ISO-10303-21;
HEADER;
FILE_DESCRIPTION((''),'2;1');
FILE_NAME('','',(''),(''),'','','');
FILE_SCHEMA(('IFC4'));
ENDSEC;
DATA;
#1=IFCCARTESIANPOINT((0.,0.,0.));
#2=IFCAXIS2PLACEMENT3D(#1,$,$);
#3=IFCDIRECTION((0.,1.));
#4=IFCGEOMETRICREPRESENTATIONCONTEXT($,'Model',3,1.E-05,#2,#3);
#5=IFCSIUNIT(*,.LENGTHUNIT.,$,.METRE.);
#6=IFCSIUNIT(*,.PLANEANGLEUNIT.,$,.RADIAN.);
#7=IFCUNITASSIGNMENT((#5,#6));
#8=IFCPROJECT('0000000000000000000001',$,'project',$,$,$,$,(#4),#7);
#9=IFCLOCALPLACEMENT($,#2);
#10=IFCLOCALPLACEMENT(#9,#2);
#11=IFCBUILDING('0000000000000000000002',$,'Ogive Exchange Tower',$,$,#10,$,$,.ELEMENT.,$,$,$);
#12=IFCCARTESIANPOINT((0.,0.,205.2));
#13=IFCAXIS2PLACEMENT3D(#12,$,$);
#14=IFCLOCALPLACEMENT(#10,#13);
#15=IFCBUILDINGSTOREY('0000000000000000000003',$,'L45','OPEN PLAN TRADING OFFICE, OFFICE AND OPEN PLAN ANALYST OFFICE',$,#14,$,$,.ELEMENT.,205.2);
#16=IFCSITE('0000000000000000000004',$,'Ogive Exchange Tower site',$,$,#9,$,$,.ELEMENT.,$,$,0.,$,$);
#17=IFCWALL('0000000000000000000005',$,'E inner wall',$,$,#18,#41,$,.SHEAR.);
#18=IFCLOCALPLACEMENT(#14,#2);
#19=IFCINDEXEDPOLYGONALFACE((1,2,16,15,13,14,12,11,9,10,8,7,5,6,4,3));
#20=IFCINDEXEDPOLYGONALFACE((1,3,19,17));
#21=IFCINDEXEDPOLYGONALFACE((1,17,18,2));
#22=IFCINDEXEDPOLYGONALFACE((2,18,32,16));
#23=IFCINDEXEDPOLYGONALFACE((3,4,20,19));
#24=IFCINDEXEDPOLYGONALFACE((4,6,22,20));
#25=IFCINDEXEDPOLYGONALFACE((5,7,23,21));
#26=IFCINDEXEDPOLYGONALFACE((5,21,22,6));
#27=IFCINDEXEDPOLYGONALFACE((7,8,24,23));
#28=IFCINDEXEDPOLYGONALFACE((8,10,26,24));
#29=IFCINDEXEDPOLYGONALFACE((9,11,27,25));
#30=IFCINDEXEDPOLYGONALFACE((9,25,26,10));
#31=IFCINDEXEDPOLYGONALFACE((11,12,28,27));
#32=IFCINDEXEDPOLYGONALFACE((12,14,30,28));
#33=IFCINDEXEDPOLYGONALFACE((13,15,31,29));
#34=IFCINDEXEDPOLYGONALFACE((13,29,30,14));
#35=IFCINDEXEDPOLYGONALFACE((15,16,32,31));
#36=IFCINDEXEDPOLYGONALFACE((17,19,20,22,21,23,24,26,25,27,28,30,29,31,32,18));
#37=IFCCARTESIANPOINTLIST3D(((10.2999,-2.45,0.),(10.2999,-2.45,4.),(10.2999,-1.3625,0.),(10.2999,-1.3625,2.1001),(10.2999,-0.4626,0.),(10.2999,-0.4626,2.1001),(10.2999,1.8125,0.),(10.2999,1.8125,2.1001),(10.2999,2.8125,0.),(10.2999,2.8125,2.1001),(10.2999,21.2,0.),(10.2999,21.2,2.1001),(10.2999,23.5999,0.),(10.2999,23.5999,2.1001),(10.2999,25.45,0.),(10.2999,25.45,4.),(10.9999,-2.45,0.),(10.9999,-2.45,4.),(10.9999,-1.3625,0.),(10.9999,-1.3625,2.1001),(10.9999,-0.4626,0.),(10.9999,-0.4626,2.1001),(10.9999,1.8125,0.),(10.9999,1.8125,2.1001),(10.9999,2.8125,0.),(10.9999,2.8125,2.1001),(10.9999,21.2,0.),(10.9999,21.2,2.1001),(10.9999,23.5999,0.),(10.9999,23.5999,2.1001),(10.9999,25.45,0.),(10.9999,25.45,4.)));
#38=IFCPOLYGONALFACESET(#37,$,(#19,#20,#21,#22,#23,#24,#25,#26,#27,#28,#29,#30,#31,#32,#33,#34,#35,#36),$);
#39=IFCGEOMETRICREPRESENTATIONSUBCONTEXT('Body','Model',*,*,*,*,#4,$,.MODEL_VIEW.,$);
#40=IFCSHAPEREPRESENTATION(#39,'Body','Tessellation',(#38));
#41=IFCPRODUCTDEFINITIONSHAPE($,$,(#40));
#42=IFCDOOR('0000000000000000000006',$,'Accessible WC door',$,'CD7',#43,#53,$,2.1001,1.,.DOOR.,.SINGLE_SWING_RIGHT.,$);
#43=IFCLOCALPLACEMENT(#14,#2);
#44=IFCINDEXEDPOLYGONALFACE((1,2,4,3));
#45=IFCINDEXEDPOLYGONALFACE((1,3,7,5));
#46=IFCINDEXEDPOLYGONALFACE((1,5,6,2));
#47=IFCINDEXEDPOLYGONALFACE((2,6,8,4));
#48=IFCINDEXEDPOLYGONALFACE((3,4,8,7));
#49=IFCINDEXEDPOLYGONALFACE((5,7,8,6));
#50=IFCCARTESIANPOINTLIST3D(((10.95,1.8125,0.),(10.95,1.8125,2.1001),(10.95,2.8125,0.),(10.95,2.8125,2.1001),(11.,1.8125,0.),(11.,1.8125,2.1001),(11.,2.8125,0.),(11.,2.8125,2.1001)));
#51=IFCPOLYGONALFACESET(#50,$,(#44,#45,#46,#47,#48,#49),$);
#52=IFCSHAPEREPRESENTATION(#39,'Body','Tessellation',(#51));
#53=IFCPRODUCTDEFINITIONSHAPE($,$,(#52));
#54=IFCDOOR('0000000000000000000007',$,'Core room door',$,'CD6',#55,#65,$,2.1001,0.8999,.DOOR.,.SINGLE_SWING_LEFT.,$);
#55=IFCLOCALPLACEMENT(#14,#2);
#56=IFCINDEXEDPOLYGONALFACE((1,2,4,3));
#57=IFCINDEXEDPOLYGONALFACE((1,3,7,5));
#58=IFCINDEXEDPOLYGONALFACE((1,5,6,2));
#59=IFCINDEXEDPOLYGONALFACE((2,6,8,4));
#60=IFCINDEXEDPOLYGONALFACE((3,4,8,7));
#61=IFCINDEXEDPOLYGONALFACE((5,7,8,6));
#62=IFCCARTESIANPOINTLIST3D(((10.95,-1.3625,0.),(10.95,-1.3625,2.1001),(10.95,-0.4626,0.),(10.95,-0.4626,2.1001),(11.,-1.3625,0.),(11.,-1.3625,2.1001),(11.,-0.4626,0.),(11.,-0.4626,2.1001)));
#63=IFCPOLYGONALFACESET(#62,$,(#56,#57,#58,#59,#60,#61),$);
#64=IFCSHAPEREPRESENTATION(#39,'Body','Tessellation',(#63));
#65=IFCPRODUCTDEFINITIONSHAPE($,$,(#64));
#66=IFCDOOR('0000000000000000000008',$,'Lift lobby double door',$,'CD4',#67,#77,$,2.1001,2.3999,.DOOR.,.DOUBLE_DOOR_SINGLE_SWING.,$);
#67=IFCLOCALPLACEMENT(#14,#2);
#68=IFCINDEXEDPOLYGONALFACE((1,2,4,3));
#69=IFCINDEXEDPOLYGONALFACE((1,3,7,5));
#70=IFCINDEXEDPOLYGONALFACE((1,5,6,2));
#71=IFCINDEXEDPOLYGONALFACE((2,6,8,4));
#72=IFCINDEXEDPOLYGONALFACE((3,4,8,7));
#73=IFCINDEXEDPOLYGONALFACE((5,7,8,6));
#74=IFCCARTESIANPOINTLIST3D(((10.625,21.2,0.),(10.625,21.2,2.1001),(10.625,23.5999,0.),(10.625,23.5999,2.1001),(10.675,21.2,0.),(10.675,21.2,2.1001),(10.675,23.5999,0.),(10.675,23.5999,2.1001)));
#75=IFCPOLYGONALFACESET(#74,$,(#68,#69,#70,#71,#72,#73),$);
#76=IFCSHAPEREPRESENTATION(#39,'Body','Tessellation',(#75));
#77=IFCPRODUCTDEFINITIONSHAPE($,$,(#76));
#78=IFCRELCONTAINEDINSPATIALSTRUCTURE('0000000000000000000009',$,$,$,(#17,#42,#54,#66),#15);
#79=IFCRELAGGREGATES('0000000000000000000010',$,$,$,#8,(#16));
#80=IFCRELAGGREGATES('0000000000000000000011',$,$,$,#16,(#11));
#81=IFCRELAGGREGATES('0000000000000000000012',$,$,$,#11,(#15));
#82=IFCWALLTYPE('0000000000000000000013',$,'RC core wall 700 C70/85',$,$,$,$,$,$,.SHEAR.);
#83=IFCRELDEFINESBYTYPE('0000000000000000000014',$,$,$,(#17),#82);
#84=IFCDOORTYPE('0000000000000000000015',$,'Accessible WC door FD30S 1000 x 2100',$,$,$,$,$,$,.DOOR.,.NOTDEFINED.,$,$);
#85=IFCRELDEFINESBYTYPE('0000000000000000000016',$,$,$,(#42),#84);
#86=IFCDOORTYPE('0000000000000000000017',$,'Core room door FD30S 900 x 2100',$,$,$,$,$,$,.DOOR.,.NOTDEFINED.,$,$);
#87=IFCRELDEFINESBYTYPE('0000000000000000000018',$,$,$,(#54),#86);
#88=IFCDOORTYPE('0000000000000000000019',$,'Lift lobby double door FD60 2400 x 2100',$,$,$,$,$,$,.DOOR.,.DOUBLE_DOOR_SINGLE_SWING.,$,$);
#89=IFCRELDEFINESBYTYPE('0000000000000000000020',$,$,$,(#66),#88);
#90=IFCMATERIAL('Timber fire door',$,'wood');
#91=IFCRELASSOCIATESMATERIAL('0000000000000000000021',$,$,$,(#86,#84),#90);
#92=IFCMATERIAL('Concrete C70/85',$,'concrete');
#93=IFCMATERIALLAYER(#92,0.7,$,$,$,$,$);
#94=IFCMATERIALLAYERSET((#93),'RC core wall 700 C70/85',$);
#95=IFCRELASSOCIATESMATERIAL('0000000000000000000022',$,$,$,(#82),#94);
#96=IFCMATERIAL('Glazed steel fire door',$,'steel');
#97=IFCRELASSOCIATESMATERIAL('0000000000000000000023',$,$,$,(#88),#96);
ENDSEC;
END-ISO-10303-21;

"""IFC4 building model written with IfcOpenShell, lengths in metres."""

from ifc_helpers import new_model, si_unit, direction, frame, frame_2d, origin, place, context, subcontext, project, spatial, rectangle, extrude, material, layer, layer_set, type_object, element, fill, save


model = new_model("IFC4")

# Units and contexts
model_context = context("Model", 3, precision=1e-05, world=origin(), true_north=direction((0.0, 1.0)))
body_context = subcontext(model_context, "Body", "Model", "MODEL_VIEW")
ifc_project = project(units=[si_unit("LENGTHUNIT", "METRE"), si_unit("PLANEANGLEUNIT", "RADIAN")], contexts=[model_context])

# Site, building, storey
site_placement = place(None, origin())
site = spatial("IfcSite", under=ifc_project, at=site_placement, Name="Ogive Exchange Tower site", CompositionType="ELEMENT", RefElevation=0.0)
building_placement = place(site_placement, origin())
building = spatial("IfcBuilding", under=site, at=building_placement, Name="Ogive Exchange Tower", CompositionType="ELEMENT")
storey_placement = place(building_placement, frame((0.0, 0.0, 205.2)))
storey = spatial("IfcBuildingStorey", under=building, at=storey_placement, Name="L45", Description="OPEN PLAN TRADING OFFICE, OFFICE AND OPEN PLAN ANALYST OFFICE", CompositionType="ELEMENT", Elevation=205.2)

# Shared definitions
ifc_material_1 = material(Name="Concrete C70/85", Category="concrete")

# Shared definitions
ifc_material_2 = material(Name="Timber fire door", Category="wood")
door_type_1 = type_object("IfcDoorType", Name="Core room door FD30S 900 x 2100", OperationType="NOTDEFINED", PredefinedType="DOOR", material=ifc_material_2)

# Wall, openings, doors
ifc_layer_1 = layer(ifc_material_1, 0.7)
ifc_layer_set_1 = layer_set([ifc_layer_1], Name="RC core wall 700 C70/85")
wall_type_1 = type_object("IfcWallType", Name="RC core wall 700 C70/85", PredefinedType="SHEAR", material=ifc_layer_set_1)
wall_1_placement = place(storey_placement, frame((10.6499, -2.45, 0.0), z_axis=(0.0, 0.0, 1.0), x_axis=(0.0, 1.0, 0.0)))
wall_1 = element("IfcWall", 1, at=wall_1_placement, inside=storey, type_object=wall_type_1, Name="E inner wall", PredefinedType="SHEAR", context=body_context, shape_type="SweptSolid", body=[
    extrude(rectangle(XDim=27.8999, YDim=0.7, at=frame_2d((13.95, 0.0))), origin(), (0.0, 0.0, 1.0), 4.0),
])
opening_1_placement = place(wall_1_placement, frame((23.6499, 0.0, 0.0)))
opening_1 = element("IfcOpeningElement", 2, at=opening_1_placement, cuts=wall_1, PredefinedType="OPENING", context=body_context, shape_type="SweptSolid", body=[
    extrude(rectangle(XDim=2.3999, YDim=2.1001, at=frame_2d((1.2, 1.05))), frame((0.0, 0.3599, 0.0), z_axis=(0.0, -1.0, 0.0), x_axis=(1.0, 0.0, 0.0)), (0.0, 0.0, 1.0), 0.72),
])
opening_2_placement = place(wall_1_placement, frame((1.0874, 0.0, 0.0)))
opening_2 = element("IfcOpeningElement", 3, at=opening_2_placement, cuts=wall_1, PredefinedType="OPENING", context=body_context, shape_type="SweptSolid", body=[
    extrude(rectangle(XDim=0.8999, YDim=2.1001, at=frame_2d((0.45, 1.05))), frame((0.0, 0.3599, 0.0), z_axis=(0.0, -1.0, 0.0), x_axis=(1.0, 0.0, 0.0)), (0.0, 0.0, 1.0), 0.72),
])
opening_3_placement = place(wall_1_placement, frame((4.2625, 0.0, 0.0)))
opening_3 = element("IfcOpeningElement", 4, at=opening_3_placement, cuts=wall_1, PredefinedType="OPENING", context=body_context, shape_type="SweptSolid", body=[
    extrude(rectangle(XDim=1.0, YDim=2.1001, at=frame_2d((0.5, 1.05))), frame((0.0, 0.3599, 0.0), z_axis=(0.0, -1.0, 0.0), x_axis=(1.0, 0.0, 0.0)), (0.0, 0.0, 1.0), 0.72),
])
door_type_2 = type_object("IfcDoorType", Name="Accessible WC door FD30S 1000 x 2100", OperationType="NOTDEFINED", PredefinedType="DOOR", material=ifc_material_2)
door_1_placement = place(opening_3_placement, frame((1.0, -0.6499, 0.0), z_axis=(0.0, 0.0, 1.0), x_axis=(-1.0, 0.0, 0.0)))
door_1 = element("IfcDoor", 5, at=door_1_placement, inside=storey, type_object=door_type_2, Name="Accessible WC door", ObjectType="CD7", OperationType="SINGLE_SWING_RIGHT", OverallHeight=2.1001, OverallWidth=1.0, PredefinedType="DOOR", context=body_context, shape_type="SweptSolid", body=[
    extrude(rectangle(XDim=1.0, YDim=2.1001, at=frame_2d((0.5, 1.05))), frame((0.0, -0.2998, 0.0), z_axis=(0.0, -1.0, 0.0), x_axis=(1.0, 0.0, 0.0)), (0.0, 0.0, 1.0), 0.05),
])
fill(opening_3, door_1)
door_2_placement = place(opening_2_placement, frame((0.8999, -0.6499, 0.0), z_axis=(0.0, 0.0, 1.0), x_axis=(-1.0, 0.0, 0.0)))
door_2 = element("IfcDoor", 6, at=door_2_placement, inside=storey, type_object=door_type_1, Name="Core room door", ObjectType="CD6", OperationType="SINGLE_SWING_LEFT", OverallHeight=2.1001, OverallWidth=0.8999, PredefinedType="DOOR", context=body_context, shape_type="SweptSolid", body=[
    extrude(rectangle(XDim=0.8999, YDim=2.1001, at=frame_2d((0.45, 1.05))), frame((0.0, -0.2998, 0.0), z_axis=(0.0, -1.0, 0.0), x_axis=(1.0, 0.0, 0.0)), (0.0, 0.0, 1.0), 0.05),
])
fill(opening_2, door_2)
ifc_material_3 = material(Name="Glazed steel fire door", Category="steel")
door_type_3 = type_object("IfcDoorType", Name="Lift lobby double door FD60 2400 x 2100", OperationType="DOUBLE_DOOR_SINGLE_SWING", PredefinedType="DOOR", material=ifc_material_3)
door_3_placement = place(opening_1_placement, origin())
door_3 = element("IfcDoor", 7, at=door_3_placement, inside=storey, type_object=door_type_3, Name="Lift lobby double door", ObjectType="CD4", OperationType="DOUBLE_DOOR_SINGLE_SWING", OverallHeight=2.1001, OverallWidth=2.3999, PredefinedType="DOOR", context=body_context, shape_type="SweptSolid", body=[
    extrude(rectangle(XDim=2.3999, YDim=2.1001, at=frame_2d((1.2, 1.05))), frame((0.0, 0.0249, 0.0), z_axis=(0.0, -1.0, 0.0), x_axis=(1.0, 0.0, 0.0)), (0.0, 0.0, 1.0), 0.05),
])
fill(opening_1, door_3)

save(model, "model.ifc")
